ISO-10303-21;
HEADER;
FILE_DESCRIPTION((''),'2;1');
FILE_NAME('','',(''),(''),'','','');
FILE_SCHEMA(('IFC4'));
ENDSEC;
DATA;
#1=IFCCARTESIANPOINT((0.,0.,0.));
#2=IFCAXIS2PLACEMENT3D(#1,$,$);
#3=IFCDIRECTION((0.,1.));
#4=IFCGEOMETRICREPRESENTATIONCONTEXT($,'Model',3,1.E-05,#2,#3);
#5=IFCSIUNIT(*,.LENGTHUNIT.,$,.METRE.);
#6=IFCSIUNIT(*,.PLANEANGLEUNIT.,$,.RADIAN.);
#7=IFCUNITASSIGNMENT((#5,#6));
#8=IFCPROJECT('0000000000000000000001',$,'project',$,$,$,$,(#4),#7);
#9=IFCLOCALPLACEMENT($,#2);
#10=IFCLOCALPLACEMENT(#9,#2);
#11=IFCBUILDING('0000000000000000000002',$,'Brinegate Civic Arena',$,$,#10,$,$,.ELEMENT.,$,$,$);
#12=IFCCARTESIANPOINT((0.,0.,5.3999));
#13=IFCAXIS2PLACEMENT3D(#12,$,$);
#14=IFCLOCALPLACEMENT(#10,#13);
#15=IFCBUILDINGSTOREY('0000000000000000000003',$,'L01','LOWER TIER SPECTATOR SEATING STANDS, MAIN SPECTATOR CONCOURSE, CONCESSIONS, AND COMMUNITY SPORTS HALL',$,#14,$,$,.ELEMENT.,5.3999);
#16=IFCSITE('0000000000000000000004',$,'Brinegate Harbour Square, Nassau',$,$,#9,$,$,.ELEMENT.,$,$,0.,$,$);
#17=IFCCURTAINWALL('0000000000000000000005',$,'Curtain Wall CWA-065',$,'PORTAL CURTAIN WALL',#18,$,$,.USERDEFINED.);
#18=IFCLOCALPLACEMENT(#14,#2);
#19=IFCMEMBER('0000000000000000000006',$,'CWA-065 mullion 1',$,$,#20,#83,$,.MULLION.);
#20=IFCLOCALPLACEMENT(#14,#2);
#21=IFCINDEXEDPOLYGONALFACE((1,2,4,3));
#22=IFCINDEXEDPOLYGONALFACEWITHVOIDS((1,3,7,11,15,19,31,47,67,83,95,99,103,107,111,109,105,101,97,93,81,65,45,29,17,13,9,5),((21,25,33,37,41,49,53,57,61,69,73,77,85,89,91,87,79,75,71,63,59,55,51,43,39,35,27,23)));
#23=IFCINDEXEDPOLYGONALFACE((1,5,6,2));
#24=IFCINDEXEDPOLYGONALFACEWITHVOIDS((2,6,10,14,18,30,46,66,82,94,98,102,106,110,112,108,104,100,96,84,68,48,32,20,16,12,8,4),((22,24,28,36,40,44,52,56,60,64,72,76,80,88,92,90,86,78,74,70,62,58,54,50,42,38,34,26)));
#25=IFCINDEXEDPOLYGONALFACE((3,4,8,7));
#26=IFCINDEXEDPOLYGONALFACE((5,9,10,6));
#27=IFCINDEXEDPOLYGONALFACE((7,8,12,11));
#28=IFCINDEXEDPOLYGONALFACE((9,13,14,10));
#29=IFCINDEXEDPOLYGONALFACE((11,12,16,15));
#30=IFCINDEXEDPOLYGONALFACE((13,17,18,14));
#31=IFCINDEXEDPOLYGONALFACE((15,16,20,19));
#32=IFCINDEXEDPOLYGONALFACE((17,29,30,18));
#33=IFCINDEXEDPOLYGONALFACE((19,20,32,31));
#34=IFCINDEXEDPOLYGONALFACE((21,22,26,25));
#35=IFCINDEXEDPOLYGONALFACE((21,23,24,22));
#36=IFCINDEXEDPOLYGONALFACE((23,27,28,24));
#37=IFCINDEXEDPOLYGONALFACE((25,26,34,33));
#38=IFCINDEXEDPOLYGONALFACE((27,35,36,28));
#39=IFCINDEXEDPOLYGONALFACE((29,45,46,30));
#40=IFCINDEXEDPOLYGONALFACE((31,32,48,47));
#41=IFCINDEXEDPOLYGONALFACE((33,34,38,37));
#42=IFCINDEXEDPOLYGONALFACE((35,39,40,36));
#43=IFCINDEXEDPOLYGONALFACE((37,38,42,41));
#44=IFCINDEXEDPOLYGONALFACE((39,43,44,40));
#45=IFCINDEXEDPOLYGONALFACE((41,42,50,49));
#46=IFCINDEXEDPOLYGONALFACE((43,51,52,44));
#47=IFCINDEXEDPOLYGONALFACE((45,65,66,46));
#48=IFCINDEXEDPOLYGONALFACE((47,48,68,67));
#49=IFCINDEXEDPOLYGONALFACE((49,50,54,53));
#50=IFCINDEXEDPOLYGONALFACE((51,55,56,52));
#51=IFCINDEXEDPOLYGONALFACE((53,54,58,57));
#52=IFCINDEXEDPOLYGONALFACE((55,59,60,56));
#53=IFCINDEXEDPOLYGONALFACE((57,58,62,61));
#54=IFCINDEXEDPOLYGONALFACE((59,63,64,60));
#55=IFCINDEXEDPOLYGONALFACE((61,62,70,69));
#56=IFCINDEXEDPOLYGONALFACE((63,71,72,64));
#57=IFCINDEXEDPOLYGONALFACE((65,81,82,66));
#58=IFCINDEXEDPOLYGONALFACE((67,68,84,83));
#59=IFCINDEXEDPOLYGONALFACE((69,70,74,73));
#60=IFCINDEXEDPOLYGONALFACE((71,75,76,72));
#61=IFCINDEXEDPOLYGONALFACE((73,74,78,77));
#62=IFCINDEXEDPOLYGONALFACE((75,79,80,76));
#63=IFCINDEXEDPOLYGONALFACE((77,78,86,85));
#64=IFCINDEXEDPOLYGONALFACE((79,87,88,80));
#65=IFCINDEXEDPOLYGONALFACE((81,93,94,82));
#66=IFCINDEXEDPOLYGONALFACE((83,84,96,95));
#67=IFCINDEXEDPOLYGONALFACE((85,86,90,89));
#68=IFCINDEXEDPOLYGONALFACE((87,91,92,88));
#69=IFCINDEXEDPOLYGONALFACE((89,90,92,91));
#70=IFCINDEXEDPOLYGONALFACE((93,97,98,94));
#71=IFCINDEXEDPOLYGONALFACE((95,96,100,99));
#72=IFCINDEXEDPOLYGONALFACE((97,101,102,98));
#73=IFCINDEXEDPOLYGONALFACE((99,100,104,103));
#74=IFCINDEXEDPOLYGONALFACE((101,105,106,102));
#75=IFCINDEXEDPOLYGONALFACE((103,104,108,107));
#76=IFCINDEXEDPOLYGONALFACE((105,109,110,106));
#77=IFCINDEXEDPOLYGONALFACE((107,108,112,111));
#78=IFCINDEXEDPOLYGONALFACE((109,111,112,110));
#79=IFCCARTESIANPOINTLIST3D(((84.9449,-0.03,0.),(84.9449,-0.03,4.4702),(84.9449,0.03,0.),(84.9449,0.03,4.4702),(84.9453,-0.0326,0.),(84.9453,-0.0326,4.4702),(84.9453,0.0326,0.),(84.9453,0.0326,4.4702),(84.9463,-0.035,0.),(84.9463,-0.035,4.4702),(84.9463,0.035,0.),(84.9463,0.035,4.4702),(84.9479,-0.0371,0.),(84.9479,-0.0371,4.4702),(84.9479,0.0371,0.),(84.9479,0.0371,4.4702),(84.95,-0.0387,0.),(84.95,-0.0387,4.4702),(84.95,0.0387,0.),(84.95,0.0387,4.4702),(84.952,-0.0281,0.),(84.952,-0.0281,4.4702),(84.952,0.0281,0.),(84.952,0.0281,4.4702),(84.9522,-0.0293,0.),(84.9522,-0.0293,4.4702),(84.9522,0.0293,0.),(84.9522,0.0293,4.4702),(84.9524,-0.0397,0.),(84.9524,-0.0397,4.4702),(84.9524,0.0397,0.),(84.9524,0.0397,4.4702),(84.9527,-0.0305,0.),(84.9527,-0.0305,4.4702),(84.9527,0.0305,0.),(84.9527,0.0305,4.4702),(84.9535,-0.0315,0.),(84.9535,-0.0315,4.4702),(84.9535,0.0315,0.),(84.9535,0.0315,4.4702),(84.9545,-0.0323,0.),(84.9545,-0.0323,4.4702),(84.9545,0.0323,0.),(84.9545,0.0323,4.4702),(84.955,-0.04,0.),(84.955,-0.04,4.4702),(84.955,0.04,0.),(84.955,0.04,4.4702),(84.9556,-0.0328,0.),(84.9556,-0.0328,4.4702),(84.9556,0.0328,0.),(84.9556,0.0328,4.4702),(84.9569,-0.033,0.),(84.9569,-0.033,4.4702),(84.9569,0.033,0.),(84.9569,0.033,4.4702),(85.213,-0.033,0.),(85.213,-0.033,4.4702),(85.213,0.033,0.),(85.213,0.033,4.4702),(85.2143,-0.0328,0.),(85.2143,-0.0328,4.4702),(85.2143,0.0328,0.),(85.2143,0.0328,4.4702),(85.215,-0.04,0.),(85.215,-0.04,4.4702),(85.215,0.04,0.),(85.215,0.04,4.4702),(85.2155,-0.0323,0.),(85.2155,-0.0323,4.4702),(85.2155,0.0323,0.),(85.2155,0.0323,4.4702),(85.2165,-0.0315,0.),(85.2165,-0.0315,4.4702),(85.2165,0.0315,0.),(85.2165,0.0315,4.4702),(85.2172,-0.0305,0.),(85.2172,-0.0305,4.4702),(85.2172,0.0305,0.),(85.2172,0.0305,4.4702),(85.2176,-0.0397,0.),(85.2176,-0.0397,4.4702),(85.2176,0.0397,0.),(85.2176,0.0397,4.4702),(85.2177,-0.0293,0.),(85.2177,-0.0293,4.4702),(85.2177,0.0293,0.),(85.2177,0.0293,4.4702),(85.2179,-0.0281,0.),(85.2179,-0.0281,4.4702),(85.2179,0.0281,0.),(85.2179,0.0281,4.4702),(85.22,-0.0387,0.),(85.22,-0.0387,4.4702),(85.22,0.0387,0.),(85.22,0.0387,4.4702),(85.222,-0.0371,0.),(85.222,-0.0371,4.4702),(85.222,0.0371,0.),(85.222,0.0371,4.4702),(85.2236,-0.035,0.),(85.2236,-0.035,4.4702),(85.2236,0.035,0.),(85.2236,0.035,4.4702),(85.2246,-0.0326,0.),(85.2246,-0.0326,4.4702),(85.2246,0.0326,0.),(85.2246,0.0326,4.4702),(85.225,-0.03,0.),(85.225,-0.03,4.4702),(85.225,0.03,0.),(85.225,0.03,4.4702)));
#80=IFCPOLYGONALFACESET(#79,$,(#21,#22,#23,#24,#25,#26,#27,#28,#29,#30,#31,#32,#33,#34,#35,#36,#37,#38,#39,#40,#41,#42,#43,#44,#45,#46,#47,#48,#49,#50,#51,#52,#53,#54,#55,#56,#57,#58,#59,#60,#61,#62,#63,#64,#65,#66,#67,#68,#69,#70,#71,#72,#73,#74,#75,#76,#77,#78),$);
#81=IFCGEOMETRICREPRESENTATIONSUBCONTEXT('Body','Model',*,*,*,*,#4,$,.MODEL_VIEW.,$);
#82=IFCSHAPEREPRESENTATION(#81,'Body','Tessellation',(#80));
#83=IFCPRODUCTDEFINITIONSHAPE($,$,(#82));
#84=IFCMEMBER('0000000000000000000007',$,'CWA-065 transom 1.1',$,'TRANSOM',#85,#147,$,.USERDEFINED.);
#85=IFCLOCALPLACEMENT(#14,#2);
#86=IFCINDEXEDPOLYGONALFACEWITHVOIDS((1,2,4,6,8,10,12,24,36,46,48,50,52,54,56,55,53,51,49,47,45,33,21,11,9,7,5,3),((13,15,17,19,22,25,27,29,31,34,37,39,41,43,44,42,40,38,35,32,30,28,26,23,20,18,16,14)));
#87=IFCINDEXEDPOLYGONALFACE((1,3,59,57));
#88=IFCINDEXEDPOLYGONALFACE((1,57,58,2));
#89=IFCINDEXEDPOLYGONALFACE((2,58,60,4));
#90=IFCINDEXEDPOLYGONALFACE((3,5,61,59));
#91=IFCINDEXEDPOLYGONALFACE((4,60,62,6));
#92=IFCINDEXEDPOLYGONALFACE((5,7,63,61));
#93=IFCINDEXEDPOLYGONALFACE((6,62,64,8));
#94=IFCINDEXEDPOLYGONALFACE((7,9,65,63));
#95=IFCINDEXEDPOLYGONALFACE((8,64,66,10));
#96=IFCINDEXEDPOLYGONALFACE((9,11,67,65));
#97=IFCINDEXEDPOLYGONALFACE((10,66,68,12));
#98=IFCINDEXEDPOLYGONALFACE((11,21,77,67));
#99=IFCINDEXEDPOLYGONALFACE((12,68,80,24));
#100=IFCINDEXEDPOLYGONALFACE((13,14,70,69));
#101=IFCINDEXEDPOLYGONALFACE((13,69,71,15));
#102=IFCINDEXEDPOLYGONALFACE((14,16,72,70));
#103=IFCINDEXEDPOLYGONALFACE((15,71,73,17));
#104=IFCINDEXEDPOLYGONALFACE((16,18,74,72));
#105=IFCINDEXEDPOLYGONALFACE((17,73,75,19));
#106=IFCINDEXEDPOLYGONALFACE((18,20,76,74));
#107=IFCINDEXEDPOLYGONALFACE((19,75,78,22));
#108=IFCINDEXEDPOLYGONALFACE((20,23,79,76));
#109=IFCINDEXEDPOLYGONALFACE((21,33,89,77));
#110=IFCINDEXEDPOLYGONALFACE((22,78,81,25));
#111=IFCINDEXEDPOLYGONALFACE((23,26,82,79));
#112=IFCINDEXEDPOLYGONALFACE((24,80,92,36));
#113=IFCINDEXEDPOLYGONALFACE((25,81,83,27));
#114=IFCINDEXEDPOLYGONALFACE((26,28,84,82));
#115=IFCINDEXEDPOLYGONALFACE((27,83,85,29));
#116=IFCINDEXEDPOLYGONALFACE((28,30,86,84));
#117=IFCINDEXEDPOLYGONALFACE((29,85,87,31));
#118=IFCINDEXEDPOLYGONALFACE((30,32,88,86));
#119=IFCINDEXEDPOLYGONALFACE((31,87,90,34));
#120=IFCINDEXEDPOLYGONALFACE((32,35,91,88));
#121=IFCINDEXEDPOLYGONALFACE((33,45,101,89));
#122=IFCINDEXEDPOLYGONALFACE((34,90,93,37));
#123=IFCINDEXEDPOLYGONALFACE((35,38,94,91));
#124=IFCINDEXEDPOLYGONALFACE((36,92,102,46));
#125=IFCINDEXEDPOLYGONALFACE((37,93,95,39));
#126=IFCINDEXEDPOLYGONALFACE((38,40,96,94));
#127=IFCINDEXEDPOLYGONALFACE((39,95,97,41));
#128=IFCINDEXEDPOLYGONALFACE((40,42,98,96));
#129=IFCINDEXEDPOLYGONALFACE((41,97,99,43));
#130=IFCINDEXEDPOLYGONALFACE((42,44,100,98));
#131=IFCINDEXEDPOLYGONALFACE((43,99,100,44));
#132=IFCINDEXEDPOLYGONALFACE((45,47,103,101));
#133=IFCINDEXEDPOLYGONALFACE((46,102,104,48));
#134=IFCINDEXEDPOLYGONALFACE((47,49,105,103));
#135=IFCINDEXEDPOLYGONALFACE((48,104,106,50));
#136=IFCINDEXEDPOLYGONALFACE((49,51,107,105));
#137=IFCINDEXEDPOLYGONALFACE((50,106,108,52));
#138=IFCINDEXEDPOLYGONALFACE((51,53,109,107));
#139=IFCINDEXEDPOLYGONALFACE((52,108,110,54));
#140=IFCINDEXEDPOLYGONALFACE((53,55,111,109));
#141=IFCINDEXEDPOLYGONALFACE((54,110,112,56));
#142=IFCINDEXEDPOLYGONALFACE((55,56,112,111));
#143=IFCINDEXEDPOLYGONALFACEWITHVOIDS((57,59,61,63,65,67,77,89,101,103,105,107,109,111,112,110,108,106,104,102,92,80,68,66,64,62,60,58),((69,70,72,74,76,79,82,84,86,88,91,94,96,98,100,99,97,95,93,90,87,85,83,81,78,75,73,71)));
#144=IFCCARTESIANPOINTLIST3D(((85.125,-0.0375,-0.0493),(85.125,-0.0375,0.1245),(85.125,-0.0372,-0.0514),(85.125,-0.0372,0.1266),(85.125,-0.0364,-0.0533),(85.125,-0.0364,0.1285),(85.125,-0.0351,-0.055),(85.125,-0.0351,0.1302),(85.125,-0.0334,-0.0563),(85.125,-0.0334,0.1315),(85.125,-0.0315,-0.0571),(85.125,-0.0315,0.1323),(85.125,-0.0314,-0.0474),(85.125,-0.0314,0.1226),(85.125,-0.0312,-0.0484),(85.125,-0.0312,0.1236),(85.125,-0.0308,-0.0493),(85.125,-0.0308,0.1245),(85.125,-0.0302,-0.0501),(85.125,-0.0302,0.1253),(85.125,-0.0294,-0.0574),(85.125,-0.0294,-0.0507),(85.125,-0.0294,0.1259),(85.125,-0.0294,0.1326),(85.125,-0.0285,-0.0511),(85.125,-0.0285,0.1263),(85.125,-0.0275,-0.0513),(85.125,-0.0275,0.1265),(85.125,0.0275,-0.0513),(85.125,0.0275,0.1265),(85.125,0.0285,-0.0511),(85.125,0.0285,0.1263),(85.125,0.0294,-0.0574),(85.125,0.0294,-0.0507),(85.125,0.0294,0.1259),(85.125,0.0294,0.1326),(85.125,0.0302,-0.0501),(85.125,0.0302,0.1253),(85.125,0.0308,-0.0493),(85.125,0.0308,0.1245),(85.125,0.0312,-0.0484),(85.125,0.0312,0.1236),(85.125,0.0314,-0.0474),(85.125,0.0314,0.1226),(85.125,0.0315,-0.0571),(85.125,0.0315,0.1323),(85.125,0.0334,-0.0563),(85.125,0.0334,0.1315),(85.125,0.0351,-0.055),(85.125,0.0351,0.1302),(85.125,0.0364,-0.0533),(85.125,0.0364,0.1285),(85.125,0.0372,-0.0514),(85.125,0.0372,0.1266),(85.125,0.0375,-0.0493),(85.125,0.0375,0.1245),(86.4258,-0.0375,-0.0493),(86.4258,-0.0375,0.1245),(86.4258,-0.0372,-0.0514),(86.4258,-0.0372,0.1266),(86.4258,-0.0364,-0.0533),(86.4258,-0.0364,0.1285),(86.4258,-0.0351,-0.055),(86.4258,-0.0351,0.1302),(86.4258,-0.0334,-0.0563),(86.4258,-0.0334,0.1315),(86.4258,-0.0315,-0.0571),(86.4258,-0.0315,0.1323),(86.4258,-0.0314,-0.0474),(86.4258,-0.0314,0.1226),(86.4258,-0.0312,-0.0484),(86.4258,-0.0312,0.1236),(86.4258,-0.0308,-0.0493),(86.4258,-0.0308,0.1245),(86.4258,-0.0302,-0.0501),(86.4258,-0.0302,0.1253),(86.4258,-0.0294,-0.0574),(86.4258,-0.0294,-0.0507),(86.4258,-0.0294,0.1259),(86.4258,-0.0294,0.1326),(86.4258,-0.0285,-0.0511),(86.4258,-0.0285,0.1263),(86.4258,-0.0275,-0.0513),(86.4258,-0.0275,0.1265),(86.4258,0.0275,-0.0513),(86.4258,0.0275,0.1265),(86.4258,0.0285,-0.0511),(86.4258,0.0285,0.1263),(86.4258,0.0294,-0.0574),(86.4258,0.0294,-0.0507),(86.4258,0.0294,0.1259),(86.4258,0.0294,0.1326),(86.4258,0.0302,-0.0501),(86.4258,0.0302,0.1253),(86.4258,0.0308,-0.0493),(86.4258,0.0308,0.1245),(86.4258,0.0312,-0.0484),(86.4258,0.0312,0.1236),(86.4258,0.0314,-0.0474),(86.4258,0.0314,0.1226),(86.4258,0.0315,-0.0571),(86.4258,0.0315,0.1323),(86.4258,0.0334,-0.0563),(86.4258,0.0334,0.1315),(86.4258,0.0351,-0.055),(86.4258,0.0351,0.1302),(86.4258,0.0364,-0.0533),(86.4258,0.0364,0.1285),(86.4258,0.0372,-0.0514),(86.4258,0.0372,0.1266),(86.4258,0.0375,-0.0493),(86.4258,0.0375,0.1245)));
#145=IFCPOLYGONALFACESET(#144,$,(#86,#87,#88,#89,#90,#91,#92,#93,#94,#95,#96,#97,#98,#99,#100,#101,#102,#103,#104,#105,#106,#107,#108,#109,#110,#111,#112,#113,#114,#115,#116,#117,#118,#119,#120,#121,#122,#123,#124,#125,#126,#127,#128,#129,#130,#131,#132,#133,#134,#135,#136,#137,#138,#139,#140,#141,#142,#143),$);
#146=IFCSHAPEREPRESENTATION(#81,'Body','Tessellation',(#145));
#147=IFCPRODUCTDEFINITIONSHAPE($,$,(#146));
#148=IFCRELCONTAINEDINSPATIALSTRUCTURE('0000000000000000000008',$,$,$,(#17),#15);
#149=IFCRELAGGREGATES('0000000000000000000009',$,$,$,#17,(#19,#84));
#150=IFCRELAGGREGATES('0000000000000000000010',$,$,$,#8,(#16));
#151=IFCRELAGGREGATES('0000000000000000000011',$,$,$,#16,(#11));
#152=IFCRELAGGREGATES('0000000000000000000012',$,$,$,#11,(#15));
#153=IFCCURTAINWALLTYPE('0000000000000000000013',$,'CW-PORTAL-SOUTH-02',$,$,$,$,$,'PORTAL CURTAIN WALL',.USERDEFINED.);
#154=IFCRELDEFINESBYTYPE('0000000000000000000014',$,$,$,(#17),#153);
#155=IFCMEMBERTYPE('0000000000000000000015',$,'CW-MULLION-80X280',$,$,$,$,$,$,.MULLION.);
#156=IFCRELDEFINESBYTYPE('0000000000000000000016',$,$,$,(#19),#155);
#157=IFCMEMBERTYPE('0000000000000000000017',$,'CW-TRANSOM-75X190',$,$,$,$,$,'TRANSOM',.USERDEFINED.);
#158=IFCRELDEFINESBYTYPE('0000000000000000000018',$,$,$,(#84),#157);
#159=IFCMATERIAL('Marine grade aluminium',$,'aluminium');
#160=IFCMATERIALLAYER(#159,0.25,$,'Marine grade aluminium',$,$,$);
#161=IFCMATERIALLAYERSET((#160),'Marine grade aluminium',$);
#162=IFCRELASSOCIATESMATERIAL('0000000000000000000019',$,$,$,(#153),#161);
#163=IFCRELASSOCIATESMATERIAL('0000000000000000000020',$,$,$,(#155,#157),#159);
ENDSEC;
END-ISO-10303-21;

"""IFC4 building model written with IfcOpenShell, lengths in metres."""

from ifc_helpers import new_model, si_unit, direction, frame, origin, origin_2d, place, context, subcontext, project, spatial, hollow_rectangle, extrude, material, layer, layer_set, material_profile, profile_set, type_object, element, aggregate, save


model = new_model("IFC4")

# Units and contexts
model_context = context("Model", 3, precision=1e-05, world=origin(), true_north=direction((0.0, 1.0)))
body_context = subcontext(model_context, "Body", "Model", "MODEL_VIEW")
ifc_project = project(units=[si_unit("LENGTHUNIT", "METRE"), si_unit("PLANEANGLEUNIT", "RADIAN")], contexts=[model_context])

# Site, building, storey
site_placement = place(None, origin())
site = spatial("IfcSite", under=ifc_project, at=site_placement, Name="Brinegate Harbour Square, Nassau", CompositionType="ELEMENT", RefElevation=0.0)
building_placement = place(site_placement, origin())
building = spatial("IfcBuilding", under=site, at=building_placement, Name="Brinegate Civic Arena", CompositionType="ELEMENT")
storey_placement = place(building_placement, frame((0.0, 0.0, 5.3999)))
storey = spatial("IfcBuildingStorey", under=building, at=storey_placement, Name="L01", Description="LOWER TIER SPECTATOR SEATING STANDS, MAIN SPECTATOR CONCOURSE, CONCESSIONS, AND COMMUNITY SPORTS HALL", CompositionType="ELEMENT", Elevation=5.3999)

# Curtain wall, members
ifc_material_1 = material(Name="Marine grade aluminium", Category="aluminium")
ifc_layer_1 = layer(ifc_material_1, 0.25, Name="Marine grade aluminium")
ifc_layer_set_1 = layer_set([ifc_layer_1], Name="Marine grade aluminium")
curtain_wall_type = type_object("IfcCurtainWallType", Name="CW-PORTAL-SOUTH-02", ElementType="PORTAL CURTAIN WALL", PredefinedType="USERDEFINED", material=ifc_layer_set_1)
curtain_wall_1_placement = place(storey_placement, origin())
curtain_wall_1 = element("IfcCurtainWall", 1, at=curtain_wall_1_placement, inside=storey, type_object=curtain_wall_type, Name="Curtain Wall CWA-065", ObjectType="PORTAL CURTAIN WALL", PredefinedType="USERDEFINED")
ifc_material_profile_1 = material_profile(ifc_material_1, hollow_rectangle(XDim=0.0801, YDim=0.28, WallThickness=0.0071, InnerFilletRadius=0.0049, OuterFilletRadius=0.01, at=origin_2d()), Name="MUL80X280")
ifc_profile_set_1 = profile_set([ifc_material_profile_1], Name="Marine grade aluminium")
member_type_1 = type_object("IfcMemberType", Name="CW-MULLION-80X280", PredefinedType="MULLION", material=ifc_profile_set_1)
member_1_placement = place(storey_placement, frame((85.085, 0.0, 0.0), z_axis=(0.0, 0.0, 1.0), x_axis=(0.0, 1.0, 0.0)))
member_1 = element("IfcMember", 2, at=member_1_placement, type_object=member_type_1, Name="CWA-065 mullion 1", PredefinedType="MULLION", context=body_context, shape_type="SweptSolid", body=[
    extrude(hollow_rectangle(XDim=0.0801, YDim=0.28, WallThickness=0.0071, InnerFilletRadius=0.0049, OuterFilletRadius=0.01, at=origin_2d()), origin(), (0.0, 0.0, 1.0), 4.4702),
])
ifc_material_profile_2 = material_profile(ifc_material_1, hollow_rectangle(XDim=0.075, YDim=0.1899, WallThickness=0.0061, InnerFilletRadius=0.0039, OuterFilletRadius=0.0081, at=origin_2d()), Name="TRN75X190")
ifc_profile_set_2 = profile_set([ifc_material_profile_2], Name="Marine grade aluminium")
member_type_2 = type_object("IfcMemberType", Name="CW-TRANSOM-75X190", ElementType="TRANSOM", PredefinedType="USERDEFINED", material=ifc_profile_set_2)
member_2_placement = place(storey_placement, frame((85.125, 0.0, 0.0376), z_axis=(1.0, 0.0, 0.0), x_axis=(0.0, 1.0, 0.0)))
member_2 = element("IfcMember", 3, at=member_2_placement, type_object=member_type_2, Name="CWA-065 transom 1.1", ObjectType="TRANSOM", PredefinedType="USERDEFINED", context=body_context, shape_type="SweptSolid", body=[
    extrude(hollow_rectangle(XDim=0.075, YDim=0.1899, WallThickness=0.0061, InnerFilletRadius=0.0039, OuterFilletRadius=0.0081, at=origin_2d()), origin(), (0.0, 0.0, 1.0), 1.3008),
])

aggregate(curtain_wall_1, [member_1, member_2])

save(model, "model.ifc")
